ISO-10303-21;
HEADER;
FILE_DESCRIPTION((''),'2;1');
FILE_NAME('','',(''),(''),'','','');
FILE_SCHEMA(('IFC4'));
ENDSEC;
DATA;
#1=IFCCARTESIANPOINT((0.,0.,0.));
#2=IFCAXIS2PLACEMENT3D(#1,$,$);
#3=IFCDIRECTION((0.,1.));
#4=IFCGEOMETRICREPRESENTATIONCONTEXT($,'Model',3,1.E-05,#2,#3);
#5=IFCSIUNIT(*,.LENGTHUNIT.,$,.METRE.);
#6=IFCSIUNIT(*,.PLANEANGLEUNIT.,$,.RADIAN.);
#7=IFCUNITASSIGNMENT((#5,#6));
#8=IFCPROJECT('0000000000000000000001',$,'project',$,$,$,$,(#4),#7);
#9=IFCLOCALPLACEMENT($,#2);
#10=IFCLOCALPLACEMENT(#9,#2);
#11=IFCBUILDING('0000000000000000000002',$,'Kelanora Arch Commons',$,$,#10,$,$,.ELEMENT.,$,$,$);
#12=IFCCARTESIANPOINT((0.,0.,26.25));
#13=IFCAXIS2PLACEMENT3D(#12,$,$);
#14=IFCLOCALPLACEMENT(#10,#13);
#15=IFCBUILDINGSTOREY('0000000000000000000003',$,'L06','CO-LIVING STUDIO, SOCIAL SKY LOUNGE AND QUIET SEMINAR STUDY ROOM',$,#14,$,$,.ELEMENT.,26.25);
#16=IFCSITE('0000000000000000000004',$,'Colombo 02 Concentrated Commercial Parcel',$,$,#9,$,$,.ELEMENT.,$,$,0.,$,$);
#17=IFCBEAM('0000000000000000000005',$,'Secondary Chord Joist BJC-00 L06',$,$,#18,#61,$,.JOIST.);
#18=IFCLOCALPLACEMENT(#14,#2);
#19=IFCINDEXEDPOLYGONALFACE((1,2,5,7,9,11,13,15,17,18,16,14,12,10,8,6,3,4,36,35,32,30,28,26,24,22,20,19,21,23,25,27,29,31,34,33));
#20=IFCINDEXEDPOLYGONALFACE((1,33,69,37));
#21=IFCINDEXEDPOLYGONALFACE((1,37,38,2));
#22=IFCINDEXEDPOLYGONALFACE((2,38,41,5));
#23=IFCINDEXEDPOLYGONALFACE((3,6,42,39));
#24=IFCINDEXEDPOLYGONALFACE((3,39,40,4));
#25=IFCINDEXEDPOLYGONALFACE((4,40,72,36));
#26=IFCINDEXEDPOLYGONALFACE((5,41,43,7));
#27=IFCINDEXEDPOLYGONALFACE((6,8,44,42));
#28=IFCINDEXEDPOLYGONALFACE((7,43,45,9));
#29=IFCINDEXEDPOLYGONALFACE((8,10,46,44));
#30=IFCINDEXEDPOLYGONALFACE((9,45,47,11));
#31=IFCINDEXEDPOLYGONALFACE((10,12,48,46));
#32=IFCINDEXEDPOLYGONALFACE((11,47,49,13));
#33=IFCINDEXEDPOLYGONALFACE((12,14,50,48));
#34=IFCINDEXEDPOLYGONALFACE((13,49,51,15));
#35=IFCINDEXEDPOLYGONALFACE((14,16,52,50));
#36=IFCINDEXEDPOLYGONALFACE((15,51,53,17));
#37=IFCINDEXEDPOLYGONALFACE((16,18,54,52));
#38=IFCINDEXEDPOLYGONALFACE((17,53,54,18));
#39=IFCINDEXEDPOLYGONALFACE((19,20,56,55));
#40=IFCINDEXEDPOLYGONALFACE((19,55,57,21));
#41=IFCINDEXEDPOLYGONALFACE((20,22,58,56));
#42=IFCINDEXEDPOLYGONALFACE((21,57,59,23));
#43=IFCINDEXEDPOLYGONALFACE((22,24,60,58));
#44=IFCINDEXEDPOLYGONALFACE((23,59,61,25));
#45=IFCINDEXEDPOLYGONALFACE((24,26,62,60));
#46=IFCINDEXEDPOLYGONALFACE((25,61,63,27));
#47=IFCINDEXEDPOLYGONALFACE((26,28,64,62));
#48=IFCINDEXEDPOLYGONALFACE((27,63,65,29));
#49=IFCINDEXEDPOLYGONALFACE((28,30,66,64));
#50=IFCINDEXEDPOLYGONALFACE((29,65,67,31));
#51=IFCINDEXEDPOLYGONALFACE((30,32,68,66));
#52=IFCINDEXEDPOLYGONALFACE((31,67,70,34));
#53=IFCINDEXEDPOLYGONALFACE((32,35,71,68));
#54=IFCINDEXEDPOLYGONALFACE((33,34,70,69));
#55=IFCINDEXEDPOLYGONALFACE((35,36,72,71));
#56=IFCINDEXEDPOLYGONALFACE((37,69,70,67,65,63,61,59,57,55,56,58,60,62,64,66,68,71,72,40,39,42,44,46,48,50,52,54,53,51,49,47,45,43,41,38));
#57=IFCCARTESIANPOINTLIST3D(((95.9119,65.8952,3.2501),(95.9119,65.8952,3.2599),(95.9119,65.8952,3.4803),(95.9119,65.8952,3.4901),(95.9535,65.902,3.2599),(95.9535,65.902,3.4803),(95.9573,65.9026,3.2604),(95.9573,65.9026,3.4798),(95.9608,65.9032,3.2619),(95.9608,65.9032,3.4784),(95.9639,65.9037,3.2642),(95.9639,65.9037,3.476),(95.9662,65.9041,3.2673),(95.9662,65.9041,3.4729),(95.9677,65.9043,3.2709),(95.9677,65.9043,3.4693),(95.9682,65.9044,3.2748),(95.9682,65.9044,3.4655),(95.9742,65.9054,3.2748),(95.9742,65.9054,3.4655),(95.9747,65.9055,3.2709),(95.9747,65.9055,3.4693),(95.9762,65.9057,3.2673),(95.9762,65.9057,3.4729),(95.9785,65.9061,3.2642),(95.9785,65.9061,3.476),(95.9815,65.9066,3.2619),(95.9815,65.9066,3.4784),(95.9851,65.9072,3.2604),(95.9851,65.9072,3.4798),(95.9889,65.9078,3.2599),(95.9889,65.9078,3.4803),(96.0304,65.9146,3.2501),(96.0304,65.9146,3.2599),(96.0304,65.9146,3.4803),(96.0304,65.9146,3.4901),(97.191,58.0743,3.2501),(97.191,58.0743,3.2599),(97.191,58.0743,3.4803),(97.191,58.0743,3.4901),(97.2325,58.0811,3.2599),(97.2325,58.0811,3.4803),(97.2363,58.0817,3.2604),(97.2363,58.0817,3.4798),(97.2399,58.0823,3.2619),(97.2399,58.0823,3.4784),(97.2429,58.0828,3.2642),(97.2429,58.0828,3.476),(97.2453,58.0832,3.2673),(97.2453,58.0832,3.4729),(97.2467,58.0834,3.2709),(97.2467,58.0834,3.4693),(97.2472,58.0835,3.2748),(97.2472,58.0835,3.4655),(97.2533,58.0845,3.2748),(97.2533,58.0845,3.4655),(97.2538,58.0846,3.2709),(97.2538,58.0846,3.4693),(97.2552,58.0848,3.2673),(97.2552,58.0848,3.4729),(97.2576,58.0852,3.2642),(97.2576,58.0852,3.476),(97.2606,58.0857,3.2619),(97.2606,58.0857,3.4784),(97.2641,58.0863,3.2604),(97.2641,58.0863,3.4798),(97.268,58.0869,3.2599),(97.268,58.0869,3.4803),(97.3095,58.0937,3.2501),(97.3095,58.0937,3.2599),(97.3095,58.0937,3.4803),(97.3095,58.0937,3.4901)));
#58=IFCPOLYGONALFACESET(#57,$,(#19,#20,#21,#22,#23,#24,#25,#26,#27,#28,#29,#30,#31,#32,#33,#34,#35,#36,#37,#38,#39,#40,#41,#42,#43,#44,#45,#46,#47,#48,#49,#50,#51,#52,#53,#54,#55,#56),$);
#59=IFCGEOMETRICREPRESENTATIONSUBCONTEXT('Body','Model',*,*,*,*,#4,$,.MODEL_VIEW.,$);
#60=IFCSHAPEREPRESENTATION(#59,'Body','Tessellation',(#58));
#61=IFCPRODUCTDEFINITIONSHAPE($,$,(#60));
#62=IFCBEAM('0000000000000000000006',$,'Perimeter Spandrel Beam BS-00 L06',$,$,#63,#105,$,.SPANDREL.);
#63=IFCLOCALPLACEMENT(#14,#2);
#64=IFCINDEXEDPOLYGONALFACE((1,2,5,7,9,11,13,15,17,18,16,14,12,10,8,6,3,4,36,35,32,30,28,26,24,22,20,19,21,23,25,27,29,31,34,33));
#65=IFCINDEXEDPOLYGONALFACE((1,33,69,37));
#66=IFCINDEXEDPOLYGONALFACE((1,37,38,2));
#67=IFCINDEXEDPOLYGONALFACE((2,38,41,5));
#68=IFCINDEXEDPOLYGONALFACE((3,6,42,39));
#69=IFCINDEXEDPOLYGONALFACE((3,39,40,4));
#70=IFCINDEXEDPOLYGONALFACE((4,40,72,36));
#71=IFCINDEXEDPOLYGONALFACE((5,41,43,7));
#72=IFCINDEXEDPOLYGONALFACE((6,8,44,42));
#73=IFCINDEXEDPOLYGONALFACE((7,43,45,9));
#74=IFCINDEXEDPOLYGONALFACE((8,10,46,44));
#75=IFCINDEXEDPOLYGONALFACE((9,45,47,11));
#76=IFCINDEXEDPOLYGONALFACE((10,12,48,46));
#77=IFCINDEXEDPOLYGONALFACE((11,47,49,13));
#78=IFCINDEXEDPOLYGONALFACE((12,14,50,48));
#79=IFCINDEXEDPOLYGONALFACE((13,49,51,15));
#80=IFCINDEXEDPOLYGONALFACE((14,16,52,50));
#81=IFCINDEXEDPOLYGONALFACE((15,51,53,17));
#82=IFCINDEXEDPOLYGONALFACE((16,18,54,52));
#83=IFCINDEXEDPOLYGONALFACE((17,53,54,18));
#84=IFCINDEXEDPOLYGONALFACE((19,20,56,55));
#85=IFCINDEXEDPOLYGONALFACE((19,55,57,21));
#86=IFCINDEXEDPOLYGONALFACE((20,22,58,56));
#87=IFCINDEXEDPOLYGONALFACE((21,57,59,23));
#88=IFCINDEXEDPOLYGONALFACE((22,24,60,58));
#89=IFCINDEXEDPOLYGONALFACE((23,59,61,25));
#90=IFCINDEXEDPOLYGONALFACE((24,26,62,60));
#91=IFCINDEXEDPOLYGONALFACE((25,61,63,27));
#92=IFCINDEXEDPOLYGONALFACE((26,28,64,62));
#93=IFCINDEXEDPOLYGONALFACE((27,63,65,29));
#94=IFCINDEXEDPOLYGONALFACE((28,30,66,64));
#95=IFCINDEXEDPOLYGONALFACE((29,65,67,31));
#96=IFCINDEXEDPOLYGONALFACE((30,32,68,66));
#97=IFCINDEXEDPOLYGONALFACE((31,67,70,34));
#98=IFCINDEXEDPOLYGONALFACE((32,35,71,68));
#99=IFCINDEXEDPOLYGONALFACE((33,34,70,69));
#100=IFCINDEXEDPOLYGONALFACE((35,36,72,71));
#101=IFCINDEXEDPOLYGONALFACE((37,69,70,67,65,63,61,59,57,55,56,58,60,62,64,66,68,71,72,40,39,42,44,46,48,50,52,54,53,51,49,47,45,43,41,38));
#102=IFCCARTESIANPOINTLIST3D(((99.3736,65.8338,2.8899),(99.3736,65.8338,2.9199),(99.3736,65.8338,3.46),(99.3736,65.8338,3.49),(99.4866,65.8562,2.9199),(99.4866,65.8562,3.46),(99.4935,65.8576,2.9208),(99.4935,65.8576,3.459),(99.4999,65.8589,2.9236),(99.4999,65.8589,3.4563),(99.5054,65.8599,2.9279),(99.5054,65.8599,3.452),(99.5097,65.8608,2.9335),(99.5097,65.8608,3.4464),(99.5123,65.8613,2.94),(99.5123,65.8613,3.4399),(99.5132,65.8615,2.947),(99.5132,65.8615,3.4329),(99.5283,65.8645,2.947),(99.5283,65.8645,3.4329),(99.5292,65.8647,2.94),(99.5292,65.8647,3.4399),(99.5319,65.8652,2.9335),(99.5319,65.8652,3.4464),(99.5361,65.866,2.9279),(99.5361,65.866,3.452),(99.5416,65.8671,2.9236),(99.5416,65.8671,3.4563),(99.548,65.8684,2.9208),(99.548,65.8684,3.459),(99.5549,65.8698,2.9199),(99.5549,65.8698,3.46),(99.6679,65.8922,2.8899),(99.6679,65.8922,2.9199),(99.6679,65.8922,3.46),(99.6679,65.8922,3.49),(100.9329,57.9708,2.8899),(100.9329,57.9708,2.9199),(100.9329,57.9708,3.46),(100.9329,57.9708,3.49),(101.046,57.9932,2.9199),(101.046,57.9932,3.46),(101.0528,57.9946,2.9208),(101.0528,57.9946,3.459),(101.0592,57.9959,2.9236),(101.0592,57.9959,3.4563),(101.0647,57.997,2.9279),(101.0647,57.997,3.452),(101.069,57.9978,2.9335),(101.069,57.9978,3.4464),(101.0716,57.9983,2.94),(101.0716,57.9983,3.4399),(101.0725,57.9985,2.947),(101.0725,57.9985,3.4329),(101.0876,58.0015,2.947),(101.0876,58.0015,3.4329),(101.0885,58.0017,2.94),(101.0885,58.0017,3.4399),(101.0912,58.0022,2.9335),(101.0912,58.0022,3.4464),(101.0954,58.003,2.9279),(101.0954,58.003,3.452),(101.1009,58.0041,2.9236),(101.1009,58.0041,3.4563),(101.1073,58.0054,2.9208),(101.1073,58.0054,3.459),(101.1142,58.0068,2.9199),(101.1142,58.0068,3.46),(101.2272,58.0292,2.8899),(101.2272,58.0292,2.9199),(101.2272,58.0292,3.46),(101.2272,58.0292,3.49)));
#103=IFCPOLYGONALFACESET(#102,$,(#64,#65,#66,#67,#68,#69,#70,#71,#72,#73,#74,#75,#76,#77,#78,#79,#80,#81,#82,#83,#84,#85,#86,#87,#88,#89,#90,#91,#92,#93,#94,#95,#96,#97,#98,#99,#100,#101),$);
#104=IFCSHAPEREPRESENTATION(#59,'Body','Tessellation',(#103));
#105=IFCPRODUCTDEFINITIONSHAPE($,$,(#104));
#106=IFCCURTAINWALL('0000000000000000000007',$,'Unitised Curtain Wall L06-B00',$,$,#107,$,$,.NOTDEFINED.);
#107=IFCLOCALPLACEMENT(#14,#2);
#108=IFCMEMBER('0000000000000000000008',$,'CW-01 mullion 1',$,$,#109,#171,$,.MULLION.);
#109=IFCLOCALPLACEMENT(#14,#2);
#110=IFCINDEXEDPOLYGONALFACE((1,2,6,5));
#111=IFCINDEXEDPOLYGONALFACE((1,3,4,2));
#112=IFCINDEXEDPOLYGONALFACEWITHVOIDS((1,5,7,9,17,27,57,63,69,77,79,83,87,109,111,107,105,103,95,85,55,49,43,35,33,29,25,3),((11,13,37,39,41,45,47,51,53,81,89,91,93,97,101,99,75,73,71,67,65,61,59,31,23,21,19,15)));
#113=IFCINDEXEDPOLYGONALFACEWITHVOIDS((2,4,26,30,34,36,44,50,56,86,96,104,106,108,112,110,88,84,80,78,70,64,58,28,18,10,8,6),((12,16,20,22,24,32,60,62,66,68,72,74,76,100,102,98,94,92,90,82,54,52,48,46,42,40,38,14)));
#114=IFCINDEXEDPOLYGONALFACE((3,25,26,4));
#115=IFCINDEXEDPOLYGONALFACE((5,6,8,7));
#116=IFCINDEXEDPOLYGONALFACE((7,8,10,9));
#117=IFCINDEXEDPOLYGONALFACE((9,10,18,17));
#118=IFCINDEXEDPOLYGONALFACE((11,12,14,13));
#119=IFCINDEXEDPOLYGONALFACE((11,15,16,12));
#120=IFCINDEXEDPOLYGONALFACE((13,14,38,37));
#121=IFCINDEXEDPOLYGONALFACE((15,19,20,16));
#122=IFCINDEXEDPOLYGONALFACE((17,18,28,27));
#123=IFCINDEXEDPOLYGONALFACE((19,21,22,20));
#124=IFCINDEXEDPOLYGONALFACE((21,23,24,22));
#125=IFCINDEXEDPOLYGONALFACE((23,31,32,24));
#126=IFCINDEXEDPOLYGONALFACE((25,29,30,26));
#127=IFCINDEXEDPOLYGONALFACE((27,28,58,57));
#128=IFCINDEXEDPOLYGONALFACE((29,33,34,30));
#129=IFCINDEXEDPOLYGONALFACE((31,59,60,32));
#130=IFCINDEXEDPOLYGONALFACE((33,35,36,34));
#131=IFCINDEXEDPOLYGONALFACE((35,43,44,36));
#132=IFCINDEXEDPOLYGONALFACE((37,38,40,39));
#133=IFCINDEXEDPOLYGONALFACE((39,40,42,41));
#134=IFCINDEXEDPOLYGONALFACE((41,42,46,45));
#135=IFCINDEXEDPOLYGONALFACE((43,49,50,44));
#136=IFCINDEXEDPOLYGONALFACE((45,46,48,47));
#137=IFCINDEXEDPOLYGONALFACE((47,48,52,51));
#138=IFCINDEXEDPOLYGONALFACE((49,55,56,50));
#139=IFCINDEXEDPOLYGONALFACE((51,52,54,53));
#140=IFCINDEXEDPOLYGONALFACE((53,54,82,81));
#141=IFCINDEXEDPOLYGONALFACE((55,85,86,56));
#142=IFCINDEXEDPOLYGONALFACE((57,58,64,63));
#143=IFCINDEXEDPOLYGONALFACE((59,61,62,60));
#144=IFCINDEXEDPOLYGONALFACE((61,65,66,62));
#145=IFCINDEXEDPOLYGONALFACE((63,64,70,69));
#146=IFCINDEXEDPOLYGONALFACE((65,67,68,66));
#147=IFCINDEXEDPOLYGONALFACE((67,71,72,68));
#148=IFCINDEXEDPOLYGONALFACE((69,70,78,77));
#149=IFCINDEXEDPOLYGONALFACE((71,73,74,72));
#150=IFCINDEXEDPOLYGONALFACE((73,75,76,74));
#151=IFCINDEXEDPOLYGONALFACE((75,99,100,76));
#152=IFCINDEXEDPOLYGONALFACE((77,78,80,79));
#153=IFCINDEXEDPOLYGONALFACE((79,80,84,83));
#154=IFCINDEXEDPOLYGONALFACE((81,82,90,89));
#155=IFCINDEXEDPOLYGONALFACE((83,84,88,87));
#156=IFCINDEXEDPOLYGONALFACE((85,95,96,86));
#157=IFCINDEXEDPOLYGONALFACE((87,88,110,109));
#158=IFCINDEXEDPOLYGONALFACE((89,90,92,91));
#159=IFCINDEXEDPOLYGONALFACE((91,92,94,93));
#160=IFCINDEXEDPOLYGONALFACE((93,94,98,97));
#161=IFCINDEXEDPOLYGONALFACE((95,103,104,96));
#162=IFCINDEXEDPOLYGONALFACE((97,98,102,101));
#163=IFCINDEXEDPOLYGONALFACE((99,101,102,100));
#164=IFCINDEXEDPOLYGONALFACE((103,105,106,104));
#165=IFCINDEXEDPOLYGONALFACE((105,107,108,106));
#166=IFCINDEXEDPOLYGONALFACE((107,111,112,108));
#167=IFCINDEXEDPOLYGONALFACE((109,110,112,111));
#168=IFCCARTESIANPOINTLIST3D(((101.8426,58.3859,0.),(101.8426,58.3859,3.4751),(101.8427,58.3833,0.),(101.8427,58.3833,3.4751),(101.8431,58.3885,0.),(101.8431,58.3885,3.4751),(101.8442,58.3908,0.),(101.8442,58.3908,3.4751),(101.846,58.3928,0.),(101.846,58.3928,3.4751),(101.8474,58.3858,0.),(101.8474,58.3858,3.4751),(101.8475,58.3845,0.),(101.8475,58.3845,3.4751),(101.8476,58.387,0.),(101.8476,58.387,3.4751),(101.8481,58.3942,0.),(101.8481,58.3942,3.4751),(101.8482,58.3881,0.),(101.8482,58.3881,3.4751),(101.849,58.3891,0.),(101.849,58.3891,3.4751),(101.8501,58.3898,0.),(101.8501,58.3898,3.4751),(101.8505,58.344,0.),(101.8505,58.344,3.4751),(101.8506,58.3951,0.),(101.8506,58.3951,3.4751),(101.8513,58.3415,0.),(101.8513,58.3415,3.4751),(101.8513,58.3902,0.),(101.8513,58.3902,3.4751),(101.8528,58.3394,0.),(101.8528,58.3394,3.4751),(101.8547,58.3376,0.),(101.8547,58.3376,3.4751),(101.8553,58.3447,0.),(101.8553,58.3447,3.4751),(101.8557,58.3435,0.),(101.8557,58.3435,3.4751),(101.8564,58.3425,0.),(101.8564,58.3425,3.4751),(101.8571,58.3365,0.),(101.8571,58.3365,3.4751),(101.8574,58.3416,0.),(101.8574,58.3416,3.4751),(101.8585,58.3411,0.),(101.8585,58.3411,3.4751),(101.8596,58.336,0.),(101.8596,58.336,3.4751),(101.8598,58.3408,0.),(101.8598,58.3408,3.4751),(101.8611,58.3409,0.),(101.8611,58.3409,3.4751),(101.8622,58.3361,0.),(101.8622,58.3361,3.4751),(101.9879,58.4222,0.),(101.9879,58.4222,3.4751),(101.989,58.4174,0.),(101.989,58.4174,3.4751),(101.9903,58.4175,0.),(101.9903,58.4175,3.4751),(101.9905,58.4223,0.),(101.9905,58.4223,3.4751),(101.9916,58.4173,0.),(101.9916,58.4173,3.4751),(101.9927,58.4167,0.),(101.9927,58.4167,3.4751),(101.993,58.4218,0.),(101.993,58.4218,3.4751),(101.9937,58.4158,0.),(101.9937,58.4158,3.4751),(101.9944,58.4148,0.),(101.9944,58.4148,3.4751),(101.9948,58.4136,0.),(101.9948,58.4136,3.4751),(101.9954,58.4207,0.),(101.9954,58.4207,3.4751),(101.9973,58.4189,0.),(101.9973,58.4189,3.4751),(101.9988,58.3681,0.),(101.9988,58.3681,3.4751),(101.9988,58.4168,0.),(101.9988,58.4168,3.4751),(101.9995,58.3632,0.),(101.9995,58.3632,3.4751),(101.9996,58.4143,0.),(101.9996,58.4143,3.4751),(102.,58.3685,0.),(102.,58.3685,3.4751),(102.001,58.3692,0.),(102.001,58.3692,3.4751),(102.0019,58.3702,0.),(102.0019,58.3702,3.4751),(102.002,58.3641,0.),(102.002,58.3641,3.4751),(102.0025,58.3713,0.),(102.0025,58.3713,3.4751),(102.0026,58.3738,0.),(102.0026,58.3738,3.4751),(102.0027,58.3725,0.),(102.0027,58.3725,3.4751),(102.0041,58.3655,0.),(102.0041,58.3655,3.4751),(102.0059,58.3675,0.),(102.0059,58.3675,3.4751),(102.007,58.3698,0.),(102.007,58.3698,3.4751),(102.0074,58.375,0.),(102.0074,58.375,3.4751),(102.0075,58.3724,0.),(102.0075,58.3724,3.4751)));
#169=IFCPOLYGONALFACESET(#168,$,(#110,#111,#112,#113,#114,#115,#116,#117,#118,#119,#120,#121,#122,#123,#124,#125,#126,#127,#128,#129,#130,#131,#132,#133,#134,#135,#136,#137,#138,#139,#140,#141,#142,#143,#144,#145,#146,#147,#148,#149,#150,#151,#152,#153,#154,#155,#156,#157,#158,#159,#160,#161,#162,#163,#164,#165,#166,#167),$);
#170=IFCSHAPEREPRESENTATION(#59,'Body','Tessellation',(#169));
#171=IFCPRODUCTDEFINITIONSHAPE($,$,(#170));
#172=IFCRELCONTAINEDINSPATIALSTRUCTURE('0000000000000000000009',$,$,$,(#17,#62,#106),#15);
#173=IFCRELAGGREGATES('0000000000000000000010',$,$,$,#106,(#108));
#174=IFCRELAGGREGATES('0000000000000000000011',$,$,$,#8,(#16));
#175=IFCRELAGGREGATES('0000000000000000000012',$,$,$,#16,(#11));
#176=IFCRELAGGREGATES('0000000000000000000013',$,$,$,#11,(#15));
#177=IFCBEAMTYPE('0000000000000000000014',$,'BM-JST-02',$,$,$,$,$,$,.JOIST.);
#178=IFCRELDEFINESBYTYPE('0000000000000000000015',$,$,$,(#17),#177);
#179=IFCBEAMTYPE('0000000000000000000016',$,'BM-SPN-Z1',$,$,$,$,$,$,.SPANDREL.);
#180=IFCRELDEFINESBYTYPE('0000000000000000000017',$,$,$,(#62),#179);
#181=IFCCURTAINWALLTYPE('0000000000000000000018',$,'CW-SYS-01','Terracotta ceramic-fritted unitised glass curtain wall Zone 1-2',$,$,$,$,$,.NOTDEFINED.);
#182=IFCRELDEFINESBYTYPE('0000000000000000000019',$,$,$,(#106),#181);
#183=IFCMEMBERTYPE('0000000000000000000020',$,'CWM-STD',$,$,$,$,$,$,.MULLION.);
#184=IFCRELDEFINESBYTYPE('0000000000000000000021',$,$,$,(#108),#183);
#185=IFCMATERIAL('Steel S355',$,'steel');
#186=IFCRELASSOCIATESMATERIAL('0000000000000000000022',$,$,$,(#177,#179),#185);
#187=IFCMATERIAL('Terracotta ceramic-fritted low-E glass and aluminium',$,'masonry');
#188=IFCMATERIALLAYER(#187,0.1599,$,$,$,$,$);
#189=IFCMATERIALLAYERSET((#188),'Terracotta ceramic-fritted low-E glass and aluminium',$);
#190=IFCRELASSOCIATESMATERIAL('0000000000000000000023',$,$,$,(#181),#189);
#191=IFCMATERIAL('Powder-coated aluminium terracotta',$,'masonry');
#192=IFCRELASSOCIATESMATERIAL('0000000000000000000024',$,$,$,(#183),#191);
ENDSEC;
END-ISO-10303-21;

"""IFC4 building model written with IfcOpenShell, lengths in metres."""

from ifc_helpers import new_model, si_unit, direction, frame, origin, origin_2d, place, context, subcontext, project, spatial, hollow_rectangle, i_section, extrude, material, layer, layer_set, material_profile, profile_set, type_object, element, aggregate, save


model = new_model("IFC4")

# Units and contexts
model_context = context("Model", 3, precision=1e-05, world=origin(), true_north=direction((0.0, 1.0)))
body_context = subcontext(model_context, "Body", "Model", "MODEL_VIEW")
ifc_project = project(units=[si_unit("LENGTHUNIT", "METRE"), si_unit("PLANEANGLEUNIT", "RADIAN")], contexts=[model_context])

# Site, building, storey
site_placement = place(None, origin())
site = spatial("IfcSite", under=ifc_project, at=site_placement, Name="Colombo 02 Concentrated Commercial Parcel", CompositionType="ELEMENT", RefElevation=0.0)
building_placement = place(site_placement, origin())
building = spatial("IfcBuilding", under=site, at=building_placement, Name="Kelanora Arch Commons", CompositionType="ELEMENT")
storey_placement = place(building_placement, frame((0.0, 0.0, 26.25)))
storey = spatial("IfcBuildingStorey", under=building, at=storey_placement, Name="L06", Description="CO-LIVING STUDIO, SOCIAL SKY LOUNGE AND QUIET SEMINAR STUDY ROOM", CompositionType="ELEMENT", Elevation=26.25)

# Beams
ifc_material_1 = material(Name="Steel S355", Category="steel")
ifc_material_profile_1 = material_profile(ifc_material_1, i_section(OverallWidth=0.1201, OverallDepth=0.24, WebThickness=0.0061, FlangeThickness=0.0098, FilletRadius=0.0149, at=origin_2d()), Name="IPE240")
ifc_profile_set_1 = profile_set([ifc_material_profile_1], Name="Steel S355")
beam_type_1 = type_object("IfcBeamType", Name="BM-JST-02", PredefinedType="JOIST", material=ifc_profile_set_1)
beam_1_placement = place(storey_placement, frame((97.2502, 58.084, 3.3701), z_axis=(-0.161401, 0.986889, 0.0), x_axis=(-0.986889, -0.161401, 0.0)))
element("IfcBeam", 1, at=beam_1_placement, inside=storey, type_object=beam_type_1, Name="Secondary Chord Joist BJC-00 L06", PredefinedType="JOIST", context=body_context, shape_type="SweptSolid", body=[
    extrude(i_section(OverallWidth=0.1201, OverallDepth=0.24, WebThickness=0.0061, FlangeThickness=0.0098, FilletRadius=0.0149, at=origin_2d()), origin(), (0.0, 0.0, 1.0), 7.9248),
])
ifc_material_profile_2 = material_profile(ifc_material_1, i_section(OverallWidth=0.3, OverallDepth=0.6001, WebThickness=0.0154, FlangeThickness=0.03, FilletRadius=0.0271, at=origin_2d()), Name="HEB600")
ifc_profile_set_2 = profile_set([ifc_material_profile_2], Name="Steel S355")
beam_type_2 = type_object("IfcBeamType", Name="BM-SPN-Z1", PredefinedType="SPANDREL", material=ifc_profile_set_2)
beam_2_placement = place(storey_placement, frame((101.0801, 58.0, 3.1899), z_axis=(-0.194523, 0.980898, 0.0), x_axis=(-0.980898, -0.194523, 0.0)))
element("IfcBeam", 2, at=beam_2_placement, inside=storey, type_object=beam_type_2, Name="Perimeter Spandrel Beam BS-00 L06", PredefinedType="SPANDREL", context=body_context, shape_type="SweptSolid", body=[
    extrude(i_section(OverallWidth=0.3, OverallDepth=0.6001, WebThickness=0.0154, FlangeThickness=0.03, FilletRadius=0.0271, at=origin_2d()), origin(), (0.0, 0.0, 1.0), 8.0161),
])

# Curtain wall, member
ifc_material_2 = material(Name="Terracotta ceramic-fritted low-E glass and aluminium", Category="masonry")
ifc_layer_1 = layer(ifc_material_2, 0.1599)
ifc_layer_set_1 = layer_set([ifc_layer_1], Name="Terracotta ceramic-fritted low-E glass and aluminium")
curtain_wall_type = type_object("IfcCurtainWallType", Name="CW-SYS-01", Description="Terracotta ceramic-fritted unitised glass curtain wall Zone 1-2", PredefinedType="NOTDEFINED", material=ifc_layer_set_1)
curtain_wall_placement = place(storey_placement, origin())
curtain_wall = element("IfcCurtainWall", 3, at=curtain_wall_placement, inside=storey, type_object=curtain_wall_type, Name="Unitised Curtain Wall L06-B00", PredefinedType="NOTDEFINED")
ifc_material_3 = material(Name="Powder-coated aluminium terracotta", Category="masonry")
ifc_material_profile_3 = material_profile(ifc_material_3, hollow_rectangle(XDim=0.1599, YDim=0.0601, WallThickness=0.0049, InnerFilletRadius=0.0049, OuterFilletRadius=0.01, at=origin_2d()), Name="CWM160x60")
ifc_profile_set_3 = profile_set([ifc_material_profile_3], Name="Powder-coated aluminium terracotta")
member_type_1 = type_object("IfcMemberType", Name="CWM-STD", PredefinedType="MULLION", material=ifc_profile_set_3)
member_1_placement = place(storey_placement, frame((101.925, 58.3792, 0.0), z_axis=(0.0, 0.0, 1.0), x_axis=(-0.981052, -0.193744, 0.0)))
member_1 = element("IfcMember", 4, at=member_1_placement, type_object=member_type_1, Name="CW-01 mullion 1", PredefinedType="MULLION", context=body_context, shape_type="SweptSolid", body=[
    extrude(hollow_rectangle(XDim=0.1599, YDim=0.0601, WallThickness=0.0049, InnerFilletRadius=0.0049, OuterFilletRadius=0.01, at=origin_2d()), origin(), (0.0, 0.0, 1.0), 3.4751),
])
aggregate(curtain_wall, [member_1])

save(model, "model.ifc")
